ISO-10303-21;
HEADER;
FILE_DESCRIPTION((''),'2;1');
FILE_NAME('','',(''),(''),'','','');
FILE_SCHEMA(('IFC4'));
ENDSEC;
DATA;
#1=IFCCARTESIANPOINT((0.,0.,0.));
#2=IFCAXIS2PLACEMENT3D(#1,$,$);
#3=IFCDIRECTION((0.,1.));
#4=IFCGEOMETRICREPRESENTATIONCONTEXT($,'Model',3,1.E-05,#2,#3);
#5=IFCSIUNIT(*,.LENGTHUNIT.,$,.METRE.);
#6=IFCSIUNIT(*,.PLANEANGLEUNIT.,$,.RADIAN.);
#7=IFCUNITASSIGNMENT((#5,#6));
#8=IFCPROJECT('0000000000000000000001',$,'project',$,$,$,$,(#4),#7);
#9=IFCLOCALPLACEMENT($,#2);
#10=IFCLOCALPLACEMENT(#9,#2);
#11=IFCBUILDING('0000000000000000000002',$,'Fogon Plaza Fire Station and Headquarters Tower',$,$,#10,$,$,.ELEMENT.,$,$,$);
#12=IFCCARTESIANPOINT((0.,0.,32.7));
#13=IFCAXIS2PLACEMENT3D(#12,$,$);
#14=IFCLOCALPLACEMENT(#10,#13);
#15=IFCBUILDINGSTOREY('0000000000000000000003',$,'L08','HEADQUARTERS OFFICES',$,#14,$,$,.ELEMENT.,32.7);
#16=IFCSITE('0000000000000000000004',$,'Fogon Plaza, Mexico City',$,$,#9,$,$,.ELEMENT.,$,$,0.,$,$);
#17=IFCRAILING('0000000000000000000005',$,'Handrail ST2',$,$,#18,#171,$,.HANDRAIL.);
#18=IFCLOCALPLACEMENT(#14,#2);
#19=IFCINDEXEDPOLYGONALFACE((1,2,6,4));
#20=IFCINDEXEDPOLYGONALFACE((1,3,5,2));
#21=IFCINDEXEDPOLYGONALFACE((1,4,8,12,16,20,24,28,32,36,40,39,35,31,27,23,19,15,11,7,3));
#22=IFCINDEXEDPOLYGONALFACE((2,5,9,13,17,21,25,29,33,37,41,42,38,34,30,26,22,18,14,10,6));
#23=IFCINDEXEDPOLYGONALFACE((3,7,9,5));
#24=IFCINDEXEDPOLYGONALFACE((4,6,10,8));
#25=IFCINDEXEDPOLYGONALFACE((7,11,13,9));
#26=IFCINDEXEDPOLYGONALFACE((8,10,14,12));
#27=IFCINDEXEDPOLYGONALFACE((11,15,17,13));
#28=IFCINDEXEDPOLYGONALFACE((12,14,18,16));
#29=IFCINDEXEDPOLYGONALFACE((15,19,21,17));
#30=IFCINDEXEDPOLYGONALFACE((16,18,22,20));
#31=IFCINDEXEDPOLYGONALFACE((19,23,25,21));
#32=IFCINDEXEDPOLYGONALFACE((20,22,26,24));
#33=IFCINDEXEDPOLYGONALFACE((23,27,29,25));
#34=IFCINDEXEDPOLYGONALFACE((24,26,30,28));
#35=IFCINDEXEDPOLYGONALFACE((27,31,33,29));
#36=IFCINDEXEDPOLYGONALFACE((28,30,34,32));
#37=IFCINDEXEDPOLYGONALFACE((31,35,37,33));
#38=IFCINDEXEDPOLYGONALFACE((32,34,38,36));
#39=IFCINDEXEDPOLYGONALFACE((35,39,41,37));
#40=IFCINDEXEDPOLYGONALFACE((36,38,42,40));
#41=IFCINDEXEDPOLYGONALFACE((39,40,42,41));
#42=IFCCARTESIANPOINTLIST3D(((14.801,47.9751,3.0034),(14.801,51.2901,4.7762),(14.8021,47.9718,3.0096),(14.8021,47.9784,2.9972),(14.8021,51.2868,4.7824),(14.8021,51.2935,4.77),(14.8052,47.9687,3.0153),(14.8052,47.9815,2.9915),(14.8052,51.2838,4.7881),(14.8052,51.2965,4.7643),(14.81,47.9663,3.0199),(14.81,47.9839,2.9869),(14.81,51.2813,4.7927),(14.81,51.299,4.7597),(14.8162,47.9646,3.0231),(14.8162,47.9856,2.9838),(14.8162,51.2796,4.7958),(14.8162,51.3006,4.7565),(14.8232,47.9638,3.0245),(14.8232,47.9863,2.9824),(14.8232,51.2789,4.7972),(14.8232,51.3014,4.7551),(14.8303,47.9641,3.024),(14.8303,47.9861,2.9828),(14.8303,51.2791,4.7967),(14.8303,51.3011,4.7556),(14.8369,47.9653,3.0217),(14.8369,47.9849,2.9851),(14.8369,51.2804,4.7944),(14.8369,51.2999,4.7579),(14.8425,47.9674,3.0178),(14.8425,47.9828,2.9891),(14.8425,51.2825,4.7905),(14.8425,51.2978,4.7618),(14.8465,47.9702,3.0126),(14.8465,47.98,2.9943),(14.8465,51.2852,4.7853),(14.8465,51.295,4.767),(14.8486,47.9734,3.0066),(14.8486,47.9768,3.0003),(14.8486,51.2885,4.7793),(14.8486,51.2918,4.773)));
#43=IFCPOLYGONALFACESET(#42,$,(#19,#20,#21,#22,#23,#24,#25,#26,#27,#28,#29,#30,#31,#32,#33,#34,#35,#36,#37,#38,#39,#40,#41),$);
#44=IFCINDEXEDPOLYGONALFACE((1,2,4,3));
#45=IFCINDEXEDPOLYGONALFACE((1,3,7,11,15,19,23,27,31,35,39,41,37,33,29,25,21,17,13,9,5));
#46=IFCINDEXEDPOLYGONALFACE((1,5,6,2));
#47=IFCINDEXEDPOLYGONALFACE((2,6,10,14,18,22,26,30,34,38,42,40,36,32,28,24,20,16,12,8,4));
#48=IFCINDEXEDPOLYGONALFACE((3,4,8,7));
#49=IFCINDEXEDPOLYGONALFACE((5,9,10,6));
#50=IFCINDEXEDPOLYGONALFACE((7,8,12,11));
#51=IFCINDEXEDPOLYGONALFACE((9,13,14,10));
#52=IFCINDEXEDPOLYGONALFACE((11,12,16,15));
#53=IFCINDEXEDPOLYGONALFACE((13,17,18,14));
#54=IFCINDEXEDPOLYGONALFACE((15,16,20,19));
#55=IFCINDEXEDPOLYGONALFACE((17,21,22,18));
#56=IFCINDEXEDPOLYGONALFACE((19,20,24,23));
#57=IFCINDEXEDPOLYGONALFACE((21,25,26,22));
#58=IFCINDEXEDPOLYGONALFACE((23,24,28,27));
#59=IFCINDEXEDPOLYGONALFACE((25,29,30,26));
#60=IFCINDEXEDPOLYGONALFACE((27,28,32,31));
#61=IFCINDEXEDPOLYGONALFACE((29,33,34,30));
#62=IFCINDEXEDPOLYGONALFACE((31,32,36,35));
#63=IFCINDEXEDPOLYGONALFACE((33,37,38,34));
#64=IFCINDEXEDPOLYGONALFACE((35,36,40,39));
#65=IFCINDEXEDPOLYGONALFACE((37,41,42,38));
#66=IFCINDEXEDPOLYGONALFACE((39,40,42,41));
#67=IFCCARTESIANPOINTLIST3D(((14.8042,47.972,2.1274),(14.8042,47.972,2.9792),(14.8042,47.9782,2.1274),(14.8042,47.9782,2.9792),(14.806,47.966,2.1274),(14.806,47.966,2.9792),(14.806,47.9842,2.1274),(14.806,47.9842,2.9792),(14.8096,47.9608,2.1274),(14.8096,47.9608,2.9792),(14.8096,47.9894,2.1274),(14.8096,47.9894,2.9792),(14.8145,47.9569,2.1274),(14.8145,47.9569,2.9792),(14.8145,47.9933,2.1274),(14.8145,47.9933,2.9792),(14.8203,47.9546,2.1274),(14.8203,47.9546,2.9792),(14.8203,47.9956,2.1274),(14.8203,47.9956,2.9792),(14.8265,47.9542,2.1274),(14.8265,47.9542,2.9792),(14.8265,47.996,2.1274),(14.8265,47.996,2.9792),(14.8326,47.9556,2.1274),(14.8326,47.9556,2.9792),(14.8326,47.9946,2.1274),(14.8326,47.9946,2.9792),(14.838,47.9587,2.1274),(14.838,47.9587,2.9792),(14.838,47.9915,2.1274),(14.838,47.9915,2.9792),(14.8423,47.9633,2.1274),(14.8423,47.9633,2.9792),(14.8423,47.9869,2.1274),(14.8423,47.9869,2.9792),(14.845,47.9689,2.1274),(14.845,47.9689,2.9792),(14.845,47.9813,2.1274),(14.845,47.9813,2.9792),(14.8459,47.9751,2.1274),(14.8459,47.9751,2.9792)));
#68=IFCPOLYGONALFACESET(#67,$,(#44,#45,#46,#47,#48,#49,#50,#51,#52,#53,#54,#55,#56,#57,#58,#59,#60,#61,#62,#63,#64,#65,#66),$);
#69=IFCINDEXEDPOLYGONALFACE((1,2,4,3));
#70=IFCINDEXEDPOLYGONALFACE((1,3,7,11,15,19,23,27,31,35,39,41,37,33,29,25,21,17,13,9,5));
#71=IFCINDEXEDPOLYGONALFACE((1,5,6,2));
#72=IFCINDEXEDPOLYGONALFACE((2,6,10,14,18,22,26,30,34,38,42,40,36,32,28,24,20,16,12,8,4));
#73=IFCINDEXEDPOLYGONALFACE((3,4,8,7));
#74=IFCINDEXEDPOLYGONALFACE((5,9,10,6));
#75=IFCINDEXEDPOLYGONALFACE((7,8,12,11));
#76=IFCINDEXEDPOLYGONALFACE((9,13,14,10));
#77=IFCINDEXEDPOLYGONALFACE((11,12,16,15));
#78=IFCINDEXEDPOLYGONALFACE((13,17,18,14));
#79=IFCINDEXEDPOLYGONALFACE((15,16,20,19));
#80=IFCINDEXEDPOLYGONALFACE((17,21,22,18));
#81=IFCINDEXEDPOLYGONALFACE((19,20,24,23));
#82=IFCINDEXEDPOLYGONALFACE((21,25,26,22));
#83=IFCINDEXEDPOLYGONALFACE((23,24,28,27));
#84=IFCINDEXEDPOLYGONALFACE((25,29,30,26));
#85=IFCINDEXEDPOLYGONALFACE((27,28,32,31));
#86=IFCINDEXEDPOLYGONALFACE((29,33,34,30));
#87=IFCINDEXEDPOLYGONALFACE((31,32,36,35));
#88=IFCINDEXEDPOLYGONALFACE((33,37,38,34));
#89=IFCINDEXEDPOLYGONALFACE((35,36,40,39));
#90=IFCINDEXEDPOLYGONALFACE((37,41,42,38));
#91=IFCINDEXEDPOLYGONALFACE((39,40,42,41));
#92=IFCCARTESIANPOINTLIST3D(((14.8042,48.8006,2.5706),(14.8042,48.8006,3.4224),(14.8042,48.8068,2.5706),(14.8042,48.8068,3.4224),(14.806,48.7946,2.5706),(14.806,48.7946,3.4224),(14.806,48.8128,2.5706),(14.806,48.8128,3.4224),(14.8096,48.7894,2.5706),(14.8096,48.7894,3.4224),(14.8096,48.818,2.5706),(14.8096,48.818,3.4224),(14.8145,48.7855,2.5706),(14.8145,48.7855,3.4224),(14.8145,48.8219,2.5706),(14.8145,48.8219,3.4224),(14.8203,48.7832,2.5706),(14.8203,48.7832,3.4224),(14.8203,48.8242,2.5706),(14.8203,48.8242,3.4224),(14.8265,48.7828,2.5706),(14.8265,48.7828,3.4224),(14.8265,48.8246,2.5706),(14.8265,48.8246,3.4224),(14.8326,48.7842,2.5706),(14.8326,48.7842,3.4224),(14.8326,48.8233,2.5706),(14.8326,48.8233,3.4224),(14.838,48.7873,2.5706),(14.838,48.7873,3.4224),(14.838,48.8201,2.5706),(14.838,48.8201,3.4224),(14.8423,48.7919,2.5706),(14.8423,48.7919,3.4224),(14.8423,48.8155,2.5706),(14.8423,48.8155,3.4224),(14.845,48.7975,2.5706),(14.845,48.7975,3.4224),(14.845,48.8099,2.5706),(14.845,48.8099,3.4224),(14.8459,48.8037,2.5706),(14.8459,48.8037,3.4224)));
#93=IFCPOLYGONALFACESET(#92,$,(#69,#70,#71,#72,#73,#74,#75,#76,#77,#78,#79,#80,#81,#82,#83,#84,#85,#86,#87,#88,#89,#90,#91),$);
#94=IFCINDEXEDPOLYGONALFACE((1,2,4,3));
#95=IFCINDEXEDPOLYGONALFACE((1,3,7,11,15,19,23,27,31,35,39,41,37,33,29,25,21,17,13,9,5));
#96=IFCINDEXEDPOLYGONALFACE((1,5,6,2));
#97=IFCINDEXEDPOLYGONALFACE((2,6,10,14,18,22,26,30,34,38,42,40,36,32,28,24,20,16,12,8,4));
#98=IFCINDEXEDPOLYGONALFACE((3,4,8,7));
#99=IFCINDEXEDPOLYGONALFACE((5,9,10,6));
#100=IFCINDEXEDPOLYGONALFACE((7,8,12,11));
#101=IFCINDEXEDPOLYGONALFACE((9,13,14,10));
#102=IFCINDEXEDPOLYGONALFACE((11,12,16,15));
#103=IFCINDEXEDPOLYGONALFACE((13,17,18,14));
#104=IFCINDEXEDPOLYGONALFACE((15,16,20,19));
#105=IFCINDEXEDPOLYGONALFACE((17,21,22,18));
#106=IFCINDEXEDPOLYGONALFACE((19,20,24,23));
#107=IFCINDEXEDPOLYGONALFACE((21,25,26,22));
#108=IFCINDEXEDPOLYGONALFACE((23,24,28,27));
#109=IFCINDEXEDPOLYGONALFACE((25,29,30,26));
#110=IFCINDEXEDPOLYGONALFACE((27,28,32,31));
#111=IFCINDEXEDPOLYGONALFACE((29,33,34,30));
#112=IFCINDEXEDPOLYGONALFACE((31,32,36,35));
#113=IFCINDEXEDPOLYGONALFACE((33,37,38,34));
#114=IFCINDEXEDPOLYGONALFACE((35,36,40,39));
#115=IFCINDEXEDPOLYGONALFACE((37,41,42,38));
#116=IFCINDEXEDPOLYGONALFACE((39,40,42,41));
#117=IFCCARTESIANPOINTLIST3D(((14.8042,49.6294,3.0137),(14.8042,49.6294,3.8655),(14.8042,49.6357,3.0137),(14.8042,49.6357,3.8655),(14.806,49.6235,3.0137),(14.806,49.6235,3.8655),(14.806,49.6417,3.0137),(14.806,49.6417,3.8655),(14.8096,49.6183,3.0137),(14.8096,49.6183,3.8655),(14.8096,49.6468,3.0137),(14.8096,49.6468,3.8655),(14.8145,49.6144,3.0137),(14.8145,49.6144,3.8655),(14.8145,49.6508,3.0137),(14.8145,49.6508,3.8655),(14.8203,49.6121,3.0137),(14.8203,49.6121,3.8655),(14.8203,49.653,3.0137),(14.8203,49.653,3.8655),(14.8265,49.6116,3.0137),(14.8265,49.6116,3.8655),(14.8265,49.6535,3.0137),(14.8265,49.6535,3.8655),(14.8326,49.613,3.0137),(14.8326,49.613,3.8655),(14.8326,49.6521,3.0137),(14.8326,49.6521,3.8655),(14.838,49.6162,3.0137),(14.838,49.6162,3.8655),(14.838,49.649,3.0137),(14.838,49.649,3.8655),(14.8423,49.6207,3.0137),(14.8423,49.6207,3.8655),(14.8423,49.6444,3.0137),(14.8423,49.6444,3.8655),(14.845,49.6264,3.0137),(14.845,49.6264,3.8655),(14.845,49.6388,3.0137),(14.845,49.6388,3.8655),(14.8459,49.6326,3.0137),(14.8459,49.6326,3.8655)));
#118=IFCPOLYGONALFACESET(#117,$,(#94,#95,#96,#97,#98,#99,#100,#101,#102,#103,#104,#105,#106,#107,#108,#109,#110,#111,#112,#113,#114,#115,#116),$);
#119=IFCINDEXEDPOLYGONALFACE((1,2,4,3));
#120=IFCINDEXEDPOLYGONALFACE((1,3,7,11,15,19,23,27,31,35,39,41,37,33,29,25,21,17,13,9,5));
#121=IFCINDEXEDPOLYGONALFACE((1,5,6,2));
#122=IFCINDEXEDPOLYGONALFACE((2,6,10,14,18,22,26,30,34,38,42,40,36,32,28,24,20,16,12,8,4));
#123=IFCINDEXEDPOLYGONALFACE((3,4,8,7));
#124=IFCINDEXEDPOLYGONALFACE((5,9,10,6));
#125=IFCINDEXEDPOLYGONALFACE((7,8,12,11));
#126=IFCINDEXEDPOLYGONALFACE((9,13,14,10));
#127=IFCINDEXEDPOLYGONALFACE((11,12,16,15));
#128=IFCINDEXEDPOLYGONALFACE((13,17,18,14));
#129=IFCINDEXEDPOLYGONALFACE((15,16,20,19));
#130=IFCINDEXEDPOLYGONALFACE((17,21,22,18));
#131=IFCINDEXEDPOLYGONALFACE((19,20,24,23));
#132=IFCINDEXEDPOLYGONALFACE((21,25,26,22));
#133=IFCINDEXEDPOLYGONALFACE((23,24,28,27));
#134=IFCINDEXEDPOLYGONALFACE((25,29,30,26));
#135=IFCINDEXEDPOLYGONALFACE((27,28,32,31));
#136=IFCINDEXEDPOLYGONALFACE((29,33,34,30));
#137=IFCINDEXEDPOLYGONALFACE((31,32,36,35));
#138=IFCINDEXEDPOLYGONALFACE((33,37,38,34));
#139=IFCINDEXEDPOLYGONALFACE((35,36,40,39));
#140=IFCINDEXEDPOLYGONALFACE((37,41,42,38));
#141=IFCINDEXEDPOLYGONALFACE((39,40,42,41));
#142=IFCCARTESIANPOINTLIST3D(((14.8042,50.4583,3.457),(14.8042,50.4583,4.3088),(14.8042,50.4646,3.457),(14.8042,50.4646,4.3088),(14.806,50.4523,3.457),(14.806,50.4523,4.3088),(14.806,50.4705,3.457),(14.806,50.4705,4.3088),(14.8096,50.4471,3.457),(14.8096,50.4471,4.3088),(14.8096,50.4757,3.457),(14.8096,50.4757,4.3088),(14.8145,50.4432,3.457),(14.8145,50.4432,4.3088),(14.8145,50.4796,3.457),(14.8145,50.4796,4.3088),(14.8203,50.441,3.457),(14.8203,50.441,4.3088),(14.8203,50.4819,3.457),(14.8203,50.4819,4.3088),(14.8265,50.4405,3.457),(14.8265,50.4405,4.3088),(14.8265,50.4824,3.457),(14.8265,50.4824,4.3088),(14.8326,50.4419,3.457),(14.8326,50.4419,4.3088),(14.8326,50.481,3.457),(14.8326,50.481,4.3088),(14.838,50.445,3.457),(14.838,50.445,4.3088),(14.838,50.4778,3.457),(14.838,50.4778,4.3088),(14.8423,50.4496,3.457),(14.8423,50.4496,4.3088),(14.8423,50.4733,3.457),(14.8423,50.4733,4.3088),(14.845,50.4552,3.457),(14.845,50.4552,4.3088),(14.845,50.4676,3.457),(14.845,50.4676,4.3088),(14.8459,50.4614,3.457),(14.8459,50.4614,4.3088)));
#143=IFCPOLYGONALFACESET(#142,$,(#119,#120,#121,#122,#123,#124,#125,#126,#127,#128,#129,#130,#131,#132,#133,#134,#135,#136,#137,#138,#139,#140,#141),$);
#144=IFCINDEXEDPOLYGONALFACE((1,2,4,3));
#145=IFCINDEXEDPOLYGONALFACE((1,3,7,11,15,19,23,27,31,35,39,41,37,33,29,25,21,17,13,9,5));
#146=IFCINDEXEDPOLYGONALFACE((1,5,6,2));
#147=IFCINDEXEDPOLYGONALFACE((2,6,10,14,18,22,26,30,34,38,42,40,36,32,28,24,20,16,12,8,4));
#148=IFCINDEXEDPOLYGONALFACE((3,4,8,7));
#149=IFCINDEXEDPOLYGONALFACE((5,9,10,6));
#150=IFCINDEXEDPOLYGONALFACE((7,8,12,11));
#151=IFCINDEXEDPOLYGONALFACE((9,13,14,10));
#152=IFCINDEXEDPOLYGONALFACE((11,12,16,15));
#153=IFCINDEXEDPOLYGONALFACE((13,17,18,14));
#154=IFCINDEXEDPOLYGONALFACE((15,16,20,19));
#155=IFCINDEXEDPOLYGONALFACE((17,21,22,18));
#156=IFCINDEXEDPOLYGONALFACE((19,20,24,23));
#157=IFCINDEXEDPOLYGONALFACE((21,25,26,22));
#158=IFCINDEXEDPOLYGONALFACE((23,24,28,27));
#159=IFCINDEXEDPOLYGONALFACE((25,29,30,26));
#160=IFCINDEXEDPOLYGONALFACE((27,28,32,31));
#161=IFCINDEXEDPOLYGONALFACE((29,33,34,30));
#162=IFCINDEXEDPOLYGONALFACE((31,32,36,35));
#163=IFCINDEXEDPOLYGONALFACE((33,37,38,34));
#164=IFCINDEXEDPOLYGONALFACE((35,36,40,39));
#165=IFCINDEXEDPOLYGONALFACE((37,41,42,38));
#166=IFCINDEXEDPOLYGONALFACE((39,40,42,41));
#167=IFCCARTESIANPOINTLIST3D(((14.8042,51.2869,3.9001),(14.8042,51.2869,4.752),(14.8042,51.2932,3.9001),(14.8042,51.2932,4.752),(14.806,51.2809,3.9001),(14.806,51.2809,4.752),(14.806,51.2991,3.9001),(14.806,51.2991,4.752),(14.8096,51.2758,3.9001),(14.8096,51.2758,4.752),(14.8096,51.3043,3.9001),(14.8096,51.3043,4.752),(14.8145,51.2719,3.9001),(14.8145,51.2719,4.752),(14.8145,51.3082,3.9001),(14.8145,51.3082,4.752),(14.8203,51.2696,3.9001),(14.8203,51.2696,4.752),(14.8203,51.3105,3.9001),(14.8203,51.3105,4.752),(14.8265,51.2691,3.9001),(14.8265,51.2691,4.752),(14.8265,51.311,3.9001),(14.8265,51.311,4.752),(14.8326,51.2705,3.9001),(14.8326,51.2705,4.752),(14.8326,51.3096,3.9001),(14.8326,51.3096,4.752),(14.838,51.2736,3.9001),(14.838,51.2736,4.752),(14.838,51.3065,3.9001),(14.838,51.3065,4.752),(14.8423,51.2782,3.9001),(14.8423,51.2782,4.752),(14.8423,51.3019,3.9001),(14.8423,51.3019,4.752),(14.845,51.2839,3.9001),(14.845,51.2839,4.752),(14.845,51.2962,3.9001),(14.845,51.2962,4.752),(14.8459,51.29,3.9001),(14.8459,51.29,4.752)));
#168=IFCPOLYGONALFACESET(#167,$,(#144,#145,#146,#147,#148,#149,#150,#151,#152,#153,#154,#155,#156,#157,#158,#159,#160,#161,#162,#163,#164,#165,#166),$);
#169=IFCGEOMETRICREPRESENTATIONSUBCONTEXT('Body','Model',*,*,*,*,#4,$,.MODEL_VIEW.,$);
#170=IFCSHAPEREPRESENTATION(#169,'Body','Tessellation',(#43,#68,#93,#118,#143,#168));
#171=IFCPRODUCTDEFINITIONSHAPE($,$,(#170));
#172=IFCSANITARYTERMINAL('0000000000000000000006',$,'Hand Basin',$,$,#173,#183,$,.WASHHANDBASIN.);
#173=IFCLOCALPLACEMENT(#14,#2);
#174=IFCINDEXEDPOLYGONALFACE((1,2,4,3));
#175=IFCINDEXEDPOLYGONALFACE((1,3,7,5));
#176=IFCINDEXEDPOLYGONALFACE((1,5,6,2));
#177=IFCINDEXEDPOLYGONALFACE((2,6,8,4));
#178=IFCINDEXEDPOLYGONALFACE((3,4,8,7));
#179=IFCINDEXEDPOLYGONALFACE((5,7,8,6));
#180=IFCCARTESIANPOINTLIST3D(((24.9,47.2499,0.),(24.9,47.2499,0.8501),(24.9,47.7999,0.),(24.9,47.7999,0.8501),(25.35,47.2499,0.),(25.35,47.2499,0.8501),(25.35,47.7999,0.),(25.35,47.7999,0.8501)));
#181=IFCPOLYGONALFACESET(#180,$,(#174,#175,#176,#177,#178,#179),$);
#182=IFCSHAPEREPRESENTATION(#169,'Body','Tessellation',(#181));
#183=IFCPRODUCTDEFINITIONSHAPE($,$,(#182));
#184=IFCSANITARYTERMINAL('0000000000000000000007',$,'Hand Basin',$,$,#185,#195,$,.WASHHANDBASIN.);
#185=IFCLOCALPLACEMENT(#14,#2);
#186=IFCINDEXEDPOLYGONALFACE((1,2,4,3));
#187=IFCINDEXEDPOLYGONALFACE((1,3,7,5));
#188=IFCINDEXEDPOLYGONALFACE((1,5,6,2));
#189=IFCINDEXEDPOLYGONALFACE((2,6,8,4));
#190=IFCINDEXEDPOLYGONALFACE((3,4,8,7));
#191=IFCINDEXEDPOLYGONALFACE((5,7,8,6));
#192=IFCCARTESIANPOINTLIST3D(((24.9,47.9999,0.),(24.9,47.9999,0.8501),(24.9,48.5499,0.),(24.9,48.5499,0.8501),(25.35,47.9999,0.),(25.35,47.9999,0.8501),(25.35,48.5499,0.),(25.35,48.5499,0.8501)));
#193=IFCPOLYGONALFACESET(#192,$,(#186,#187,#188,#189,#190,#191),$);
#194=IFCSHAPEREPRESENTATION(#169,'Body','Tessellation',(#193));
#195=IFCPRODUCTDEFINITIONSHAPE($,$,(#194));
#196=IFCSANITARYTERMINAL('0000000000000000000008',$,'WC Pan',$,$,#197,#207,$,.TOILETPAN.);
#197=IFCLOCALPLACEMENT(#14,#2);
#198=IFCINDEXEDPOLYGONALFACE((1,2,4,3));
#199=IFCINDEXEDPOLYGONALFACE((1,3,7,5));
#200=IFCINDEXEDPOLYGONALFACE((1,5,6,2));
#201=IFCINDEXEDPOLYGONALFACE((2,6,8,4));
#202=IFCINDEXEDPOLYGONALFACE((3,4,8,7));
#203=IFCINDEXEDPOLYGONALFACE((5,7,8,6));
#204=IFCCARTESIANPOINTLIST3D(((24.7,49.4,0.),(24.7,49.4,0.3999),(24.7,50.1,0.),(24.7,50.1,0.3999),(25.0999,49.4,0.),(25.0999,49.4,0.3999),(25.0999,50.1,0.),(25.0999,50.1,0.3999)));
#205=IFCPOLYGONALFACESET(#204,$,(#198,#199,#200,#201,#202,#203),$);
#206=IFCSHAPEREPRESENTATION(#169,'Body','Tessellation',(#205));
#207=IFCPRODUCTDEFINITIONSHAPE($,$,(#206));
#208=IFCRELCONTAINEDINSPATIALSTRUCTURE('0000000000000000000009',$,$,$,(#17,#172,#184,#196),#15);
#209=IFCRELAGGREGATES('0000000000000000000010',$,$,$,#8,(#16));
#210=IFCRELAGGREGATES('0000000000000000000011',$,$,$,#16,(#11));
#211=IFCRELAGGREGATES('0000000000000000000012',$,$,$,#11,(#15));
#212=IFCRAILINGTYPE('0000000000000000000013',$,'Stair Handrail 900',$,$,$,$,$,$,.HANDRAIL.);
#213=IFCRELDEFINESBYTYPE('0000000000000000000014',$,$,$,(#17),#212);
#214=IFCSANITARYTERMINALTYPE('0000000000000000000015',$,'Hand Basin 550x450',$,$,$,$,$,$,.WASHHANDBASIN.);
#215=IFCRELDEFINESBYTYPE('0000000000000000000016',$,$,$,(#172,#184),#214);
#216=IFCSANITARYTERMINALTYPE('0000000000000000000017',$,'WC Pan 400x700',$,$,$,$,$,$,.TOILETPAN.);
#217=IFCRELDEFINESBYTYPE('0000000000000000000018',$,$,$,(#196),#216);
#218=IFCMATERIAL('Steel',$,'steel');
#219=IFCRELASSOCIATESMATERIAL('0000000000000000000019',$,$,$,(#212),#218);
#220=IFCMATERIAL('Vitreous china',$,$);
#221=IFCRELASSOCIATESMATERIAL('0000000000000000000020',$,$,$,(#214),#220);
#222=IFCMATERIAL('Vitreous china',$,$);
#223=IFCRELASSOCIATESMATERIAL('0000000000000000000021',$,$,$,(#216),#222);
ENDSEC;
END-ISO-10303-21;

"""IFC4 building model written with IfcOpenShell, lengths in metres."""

from ifc_helpers import new_model, si_unit, direction, frame, origin, origin_2d, place, context, subcontext, project, spatial, rectangle, circle, extrude, material, type_object, element, save


model = new_model("IFC4")

# Units and contexts
model_context = context("Model", 3, precision=1e-05, world=origin(), true_north=direction((0.0, 1.0)))
body_context = subcontext(model_context, "Body", "Model", "MODEL_VIEW")
ifc_project = project(units=[si_unit("LENGTHUNIT", "METRE"), si_unit("PLANEANGLEUNIT", "RADIAN")], contexts=[model_context])

# Site, building, storey
site_placement = place(None, origin())
site = spatial("IfcSite", under=ifc_project, at=site_placement, Name="Fogon Plaza, Mexico City", CompositionType="ELEMENT", RefElevation=0.0)
building_placement = place(site_placement, origin())
building = spatial("IfcBuilding", under=site, at=building_placement, Name="Fogon Plaza Fire Station and Headquarters Tower", CompositionType="ELEMENT")
storey_placement = place(building_placement, frame((0.0, 0.0, 32.7)))
storey = spatial("IfcBuildingStorey", under=building, at=storey_placement, Name="L08", Description="HEADQUARTERS OFFICES", CompositionType="ELEMENT", Elevation=32.7)

# Railing
ifc_material_1 = material(Name="Steel", Category="steel")
railing_type = type_object("IfcRailingType", Name="Stair Handrail 900", PredefinedType="HANDRAIL", material=ifc_material_1)
for number, where, name in (
    (1, (14.825, 47.9751, 2.1274), "Handrail ST2"),
):
    element("IfcRailing", number, at=place(storey_placement, frame(where)), inside=storey, type_object=railing_type, Name=name, PredefinedType="HANDRAIL", context=body_context, shape_type="SweptSolid", body=[
        extrude(circle(Radius=0.0239, at=origin_2d()), frame((0.0, 0.0, 0.876), z_axis=(0.0, 0.881829, 0.471569), x_axis=(-1.0, 0.0, 0.0)), (0.0, 0.0, 1.0), 3.7593),
        extrude(circle(Radius=0.021, at=origin_2d()), origin(), (0.0, 0.0, 1.0), 0.8518),
        extrude(circle(Radius=0.021, at=origin_2d()), frame((0.0, 0.8286, 0.4431)), (0.0, 0.0, 1.0), 0.8518),
        extrude(circle(Radius=0.021, at=origin_2d()), frame((0.0, 1.6575, 0.8862)), (0.0, 0.0, 1.0), 0.8518),
        extrude(circle(Radius=0.021, at=origin_2d()), frame((0.0, 2.4863, 1.3296)), (0.0, 0.0, 1.0), 0.8518),
        extrude(circle(Radius=0.021, at=origin_2d()), frame((0.0, 3.3149, 1.7727)), (0.0, 0.0, 1.0), 0.8518),
    ])

# Sanitary terminals
ifc_material_2 = material(Name="Vitreous china")
sanitary_terminal_type_1 = type_object("IfcSanitaryTerminalType", Name="Hand Basin 550x450", PredefinedType="WASHHANDBASIN", material=ifc_material_2)
for number, where, z_axis, x_axis, name in (
    (2, (25.125, 47.5249, 0.0), (0.0, 0.0, 1.0), (1.0, 0.0, 0.0), "Hand Basin"),
    (3, (25.125, 48.2749, 0.0), (0.0, 0.0, 1.0), (1.0, 0.0, 0.0), "Hand Basin"),
):
    element("IfcSanitaryTerminal", number, at=place(storey_placement, frame(where, z_axis=z_axis, x_axis=x_axis)), inside=storey, type_object=sanitary_terminal_type_1, Name=name, PredefinedType="WASHHANDBASIN", context=body_context, shape_type="SweptSolid", body=[
        extrude(rectangle(XDim=0.45, YDim=0.55, at=origin_2d()), origin(), (0.0, 0.0, 1.0), 0.8501),
    ])
ifc_material_3 = material(Name="Vitreous china")
sanitary_terminal_type_2 = type_object("IfcSanitaryTerminalType", Name="WC Pan 400x700", PredefinedType="TOILETPAN", material=ifc_material_3)
for number, where, z_axis, x_axis, name in (
    (4, (24.8999, 49.75, 0.0), (0.0, 0.0, 1.0), (1.0, 0.0, 0.0), "WC Pan"),
):
    element("IfcSanitaryTerminal", number, at=place(storey_placement, frame(where, z_axis=z_axis, x_axis=x_axis)), inside=storey, type_object=sanitary_terminal_type_2, Name=name, PredefinedType="TOILETPAN", context=body_context, shape_type="SweptSolid", body=[
        extrude(rectangle(XDim=0.3999, YDim=0.7, at=origin_2d()), origin(), (0.0, 0.0, 1.0), 0.3999),
    ])

save(model, "model.ifc")
